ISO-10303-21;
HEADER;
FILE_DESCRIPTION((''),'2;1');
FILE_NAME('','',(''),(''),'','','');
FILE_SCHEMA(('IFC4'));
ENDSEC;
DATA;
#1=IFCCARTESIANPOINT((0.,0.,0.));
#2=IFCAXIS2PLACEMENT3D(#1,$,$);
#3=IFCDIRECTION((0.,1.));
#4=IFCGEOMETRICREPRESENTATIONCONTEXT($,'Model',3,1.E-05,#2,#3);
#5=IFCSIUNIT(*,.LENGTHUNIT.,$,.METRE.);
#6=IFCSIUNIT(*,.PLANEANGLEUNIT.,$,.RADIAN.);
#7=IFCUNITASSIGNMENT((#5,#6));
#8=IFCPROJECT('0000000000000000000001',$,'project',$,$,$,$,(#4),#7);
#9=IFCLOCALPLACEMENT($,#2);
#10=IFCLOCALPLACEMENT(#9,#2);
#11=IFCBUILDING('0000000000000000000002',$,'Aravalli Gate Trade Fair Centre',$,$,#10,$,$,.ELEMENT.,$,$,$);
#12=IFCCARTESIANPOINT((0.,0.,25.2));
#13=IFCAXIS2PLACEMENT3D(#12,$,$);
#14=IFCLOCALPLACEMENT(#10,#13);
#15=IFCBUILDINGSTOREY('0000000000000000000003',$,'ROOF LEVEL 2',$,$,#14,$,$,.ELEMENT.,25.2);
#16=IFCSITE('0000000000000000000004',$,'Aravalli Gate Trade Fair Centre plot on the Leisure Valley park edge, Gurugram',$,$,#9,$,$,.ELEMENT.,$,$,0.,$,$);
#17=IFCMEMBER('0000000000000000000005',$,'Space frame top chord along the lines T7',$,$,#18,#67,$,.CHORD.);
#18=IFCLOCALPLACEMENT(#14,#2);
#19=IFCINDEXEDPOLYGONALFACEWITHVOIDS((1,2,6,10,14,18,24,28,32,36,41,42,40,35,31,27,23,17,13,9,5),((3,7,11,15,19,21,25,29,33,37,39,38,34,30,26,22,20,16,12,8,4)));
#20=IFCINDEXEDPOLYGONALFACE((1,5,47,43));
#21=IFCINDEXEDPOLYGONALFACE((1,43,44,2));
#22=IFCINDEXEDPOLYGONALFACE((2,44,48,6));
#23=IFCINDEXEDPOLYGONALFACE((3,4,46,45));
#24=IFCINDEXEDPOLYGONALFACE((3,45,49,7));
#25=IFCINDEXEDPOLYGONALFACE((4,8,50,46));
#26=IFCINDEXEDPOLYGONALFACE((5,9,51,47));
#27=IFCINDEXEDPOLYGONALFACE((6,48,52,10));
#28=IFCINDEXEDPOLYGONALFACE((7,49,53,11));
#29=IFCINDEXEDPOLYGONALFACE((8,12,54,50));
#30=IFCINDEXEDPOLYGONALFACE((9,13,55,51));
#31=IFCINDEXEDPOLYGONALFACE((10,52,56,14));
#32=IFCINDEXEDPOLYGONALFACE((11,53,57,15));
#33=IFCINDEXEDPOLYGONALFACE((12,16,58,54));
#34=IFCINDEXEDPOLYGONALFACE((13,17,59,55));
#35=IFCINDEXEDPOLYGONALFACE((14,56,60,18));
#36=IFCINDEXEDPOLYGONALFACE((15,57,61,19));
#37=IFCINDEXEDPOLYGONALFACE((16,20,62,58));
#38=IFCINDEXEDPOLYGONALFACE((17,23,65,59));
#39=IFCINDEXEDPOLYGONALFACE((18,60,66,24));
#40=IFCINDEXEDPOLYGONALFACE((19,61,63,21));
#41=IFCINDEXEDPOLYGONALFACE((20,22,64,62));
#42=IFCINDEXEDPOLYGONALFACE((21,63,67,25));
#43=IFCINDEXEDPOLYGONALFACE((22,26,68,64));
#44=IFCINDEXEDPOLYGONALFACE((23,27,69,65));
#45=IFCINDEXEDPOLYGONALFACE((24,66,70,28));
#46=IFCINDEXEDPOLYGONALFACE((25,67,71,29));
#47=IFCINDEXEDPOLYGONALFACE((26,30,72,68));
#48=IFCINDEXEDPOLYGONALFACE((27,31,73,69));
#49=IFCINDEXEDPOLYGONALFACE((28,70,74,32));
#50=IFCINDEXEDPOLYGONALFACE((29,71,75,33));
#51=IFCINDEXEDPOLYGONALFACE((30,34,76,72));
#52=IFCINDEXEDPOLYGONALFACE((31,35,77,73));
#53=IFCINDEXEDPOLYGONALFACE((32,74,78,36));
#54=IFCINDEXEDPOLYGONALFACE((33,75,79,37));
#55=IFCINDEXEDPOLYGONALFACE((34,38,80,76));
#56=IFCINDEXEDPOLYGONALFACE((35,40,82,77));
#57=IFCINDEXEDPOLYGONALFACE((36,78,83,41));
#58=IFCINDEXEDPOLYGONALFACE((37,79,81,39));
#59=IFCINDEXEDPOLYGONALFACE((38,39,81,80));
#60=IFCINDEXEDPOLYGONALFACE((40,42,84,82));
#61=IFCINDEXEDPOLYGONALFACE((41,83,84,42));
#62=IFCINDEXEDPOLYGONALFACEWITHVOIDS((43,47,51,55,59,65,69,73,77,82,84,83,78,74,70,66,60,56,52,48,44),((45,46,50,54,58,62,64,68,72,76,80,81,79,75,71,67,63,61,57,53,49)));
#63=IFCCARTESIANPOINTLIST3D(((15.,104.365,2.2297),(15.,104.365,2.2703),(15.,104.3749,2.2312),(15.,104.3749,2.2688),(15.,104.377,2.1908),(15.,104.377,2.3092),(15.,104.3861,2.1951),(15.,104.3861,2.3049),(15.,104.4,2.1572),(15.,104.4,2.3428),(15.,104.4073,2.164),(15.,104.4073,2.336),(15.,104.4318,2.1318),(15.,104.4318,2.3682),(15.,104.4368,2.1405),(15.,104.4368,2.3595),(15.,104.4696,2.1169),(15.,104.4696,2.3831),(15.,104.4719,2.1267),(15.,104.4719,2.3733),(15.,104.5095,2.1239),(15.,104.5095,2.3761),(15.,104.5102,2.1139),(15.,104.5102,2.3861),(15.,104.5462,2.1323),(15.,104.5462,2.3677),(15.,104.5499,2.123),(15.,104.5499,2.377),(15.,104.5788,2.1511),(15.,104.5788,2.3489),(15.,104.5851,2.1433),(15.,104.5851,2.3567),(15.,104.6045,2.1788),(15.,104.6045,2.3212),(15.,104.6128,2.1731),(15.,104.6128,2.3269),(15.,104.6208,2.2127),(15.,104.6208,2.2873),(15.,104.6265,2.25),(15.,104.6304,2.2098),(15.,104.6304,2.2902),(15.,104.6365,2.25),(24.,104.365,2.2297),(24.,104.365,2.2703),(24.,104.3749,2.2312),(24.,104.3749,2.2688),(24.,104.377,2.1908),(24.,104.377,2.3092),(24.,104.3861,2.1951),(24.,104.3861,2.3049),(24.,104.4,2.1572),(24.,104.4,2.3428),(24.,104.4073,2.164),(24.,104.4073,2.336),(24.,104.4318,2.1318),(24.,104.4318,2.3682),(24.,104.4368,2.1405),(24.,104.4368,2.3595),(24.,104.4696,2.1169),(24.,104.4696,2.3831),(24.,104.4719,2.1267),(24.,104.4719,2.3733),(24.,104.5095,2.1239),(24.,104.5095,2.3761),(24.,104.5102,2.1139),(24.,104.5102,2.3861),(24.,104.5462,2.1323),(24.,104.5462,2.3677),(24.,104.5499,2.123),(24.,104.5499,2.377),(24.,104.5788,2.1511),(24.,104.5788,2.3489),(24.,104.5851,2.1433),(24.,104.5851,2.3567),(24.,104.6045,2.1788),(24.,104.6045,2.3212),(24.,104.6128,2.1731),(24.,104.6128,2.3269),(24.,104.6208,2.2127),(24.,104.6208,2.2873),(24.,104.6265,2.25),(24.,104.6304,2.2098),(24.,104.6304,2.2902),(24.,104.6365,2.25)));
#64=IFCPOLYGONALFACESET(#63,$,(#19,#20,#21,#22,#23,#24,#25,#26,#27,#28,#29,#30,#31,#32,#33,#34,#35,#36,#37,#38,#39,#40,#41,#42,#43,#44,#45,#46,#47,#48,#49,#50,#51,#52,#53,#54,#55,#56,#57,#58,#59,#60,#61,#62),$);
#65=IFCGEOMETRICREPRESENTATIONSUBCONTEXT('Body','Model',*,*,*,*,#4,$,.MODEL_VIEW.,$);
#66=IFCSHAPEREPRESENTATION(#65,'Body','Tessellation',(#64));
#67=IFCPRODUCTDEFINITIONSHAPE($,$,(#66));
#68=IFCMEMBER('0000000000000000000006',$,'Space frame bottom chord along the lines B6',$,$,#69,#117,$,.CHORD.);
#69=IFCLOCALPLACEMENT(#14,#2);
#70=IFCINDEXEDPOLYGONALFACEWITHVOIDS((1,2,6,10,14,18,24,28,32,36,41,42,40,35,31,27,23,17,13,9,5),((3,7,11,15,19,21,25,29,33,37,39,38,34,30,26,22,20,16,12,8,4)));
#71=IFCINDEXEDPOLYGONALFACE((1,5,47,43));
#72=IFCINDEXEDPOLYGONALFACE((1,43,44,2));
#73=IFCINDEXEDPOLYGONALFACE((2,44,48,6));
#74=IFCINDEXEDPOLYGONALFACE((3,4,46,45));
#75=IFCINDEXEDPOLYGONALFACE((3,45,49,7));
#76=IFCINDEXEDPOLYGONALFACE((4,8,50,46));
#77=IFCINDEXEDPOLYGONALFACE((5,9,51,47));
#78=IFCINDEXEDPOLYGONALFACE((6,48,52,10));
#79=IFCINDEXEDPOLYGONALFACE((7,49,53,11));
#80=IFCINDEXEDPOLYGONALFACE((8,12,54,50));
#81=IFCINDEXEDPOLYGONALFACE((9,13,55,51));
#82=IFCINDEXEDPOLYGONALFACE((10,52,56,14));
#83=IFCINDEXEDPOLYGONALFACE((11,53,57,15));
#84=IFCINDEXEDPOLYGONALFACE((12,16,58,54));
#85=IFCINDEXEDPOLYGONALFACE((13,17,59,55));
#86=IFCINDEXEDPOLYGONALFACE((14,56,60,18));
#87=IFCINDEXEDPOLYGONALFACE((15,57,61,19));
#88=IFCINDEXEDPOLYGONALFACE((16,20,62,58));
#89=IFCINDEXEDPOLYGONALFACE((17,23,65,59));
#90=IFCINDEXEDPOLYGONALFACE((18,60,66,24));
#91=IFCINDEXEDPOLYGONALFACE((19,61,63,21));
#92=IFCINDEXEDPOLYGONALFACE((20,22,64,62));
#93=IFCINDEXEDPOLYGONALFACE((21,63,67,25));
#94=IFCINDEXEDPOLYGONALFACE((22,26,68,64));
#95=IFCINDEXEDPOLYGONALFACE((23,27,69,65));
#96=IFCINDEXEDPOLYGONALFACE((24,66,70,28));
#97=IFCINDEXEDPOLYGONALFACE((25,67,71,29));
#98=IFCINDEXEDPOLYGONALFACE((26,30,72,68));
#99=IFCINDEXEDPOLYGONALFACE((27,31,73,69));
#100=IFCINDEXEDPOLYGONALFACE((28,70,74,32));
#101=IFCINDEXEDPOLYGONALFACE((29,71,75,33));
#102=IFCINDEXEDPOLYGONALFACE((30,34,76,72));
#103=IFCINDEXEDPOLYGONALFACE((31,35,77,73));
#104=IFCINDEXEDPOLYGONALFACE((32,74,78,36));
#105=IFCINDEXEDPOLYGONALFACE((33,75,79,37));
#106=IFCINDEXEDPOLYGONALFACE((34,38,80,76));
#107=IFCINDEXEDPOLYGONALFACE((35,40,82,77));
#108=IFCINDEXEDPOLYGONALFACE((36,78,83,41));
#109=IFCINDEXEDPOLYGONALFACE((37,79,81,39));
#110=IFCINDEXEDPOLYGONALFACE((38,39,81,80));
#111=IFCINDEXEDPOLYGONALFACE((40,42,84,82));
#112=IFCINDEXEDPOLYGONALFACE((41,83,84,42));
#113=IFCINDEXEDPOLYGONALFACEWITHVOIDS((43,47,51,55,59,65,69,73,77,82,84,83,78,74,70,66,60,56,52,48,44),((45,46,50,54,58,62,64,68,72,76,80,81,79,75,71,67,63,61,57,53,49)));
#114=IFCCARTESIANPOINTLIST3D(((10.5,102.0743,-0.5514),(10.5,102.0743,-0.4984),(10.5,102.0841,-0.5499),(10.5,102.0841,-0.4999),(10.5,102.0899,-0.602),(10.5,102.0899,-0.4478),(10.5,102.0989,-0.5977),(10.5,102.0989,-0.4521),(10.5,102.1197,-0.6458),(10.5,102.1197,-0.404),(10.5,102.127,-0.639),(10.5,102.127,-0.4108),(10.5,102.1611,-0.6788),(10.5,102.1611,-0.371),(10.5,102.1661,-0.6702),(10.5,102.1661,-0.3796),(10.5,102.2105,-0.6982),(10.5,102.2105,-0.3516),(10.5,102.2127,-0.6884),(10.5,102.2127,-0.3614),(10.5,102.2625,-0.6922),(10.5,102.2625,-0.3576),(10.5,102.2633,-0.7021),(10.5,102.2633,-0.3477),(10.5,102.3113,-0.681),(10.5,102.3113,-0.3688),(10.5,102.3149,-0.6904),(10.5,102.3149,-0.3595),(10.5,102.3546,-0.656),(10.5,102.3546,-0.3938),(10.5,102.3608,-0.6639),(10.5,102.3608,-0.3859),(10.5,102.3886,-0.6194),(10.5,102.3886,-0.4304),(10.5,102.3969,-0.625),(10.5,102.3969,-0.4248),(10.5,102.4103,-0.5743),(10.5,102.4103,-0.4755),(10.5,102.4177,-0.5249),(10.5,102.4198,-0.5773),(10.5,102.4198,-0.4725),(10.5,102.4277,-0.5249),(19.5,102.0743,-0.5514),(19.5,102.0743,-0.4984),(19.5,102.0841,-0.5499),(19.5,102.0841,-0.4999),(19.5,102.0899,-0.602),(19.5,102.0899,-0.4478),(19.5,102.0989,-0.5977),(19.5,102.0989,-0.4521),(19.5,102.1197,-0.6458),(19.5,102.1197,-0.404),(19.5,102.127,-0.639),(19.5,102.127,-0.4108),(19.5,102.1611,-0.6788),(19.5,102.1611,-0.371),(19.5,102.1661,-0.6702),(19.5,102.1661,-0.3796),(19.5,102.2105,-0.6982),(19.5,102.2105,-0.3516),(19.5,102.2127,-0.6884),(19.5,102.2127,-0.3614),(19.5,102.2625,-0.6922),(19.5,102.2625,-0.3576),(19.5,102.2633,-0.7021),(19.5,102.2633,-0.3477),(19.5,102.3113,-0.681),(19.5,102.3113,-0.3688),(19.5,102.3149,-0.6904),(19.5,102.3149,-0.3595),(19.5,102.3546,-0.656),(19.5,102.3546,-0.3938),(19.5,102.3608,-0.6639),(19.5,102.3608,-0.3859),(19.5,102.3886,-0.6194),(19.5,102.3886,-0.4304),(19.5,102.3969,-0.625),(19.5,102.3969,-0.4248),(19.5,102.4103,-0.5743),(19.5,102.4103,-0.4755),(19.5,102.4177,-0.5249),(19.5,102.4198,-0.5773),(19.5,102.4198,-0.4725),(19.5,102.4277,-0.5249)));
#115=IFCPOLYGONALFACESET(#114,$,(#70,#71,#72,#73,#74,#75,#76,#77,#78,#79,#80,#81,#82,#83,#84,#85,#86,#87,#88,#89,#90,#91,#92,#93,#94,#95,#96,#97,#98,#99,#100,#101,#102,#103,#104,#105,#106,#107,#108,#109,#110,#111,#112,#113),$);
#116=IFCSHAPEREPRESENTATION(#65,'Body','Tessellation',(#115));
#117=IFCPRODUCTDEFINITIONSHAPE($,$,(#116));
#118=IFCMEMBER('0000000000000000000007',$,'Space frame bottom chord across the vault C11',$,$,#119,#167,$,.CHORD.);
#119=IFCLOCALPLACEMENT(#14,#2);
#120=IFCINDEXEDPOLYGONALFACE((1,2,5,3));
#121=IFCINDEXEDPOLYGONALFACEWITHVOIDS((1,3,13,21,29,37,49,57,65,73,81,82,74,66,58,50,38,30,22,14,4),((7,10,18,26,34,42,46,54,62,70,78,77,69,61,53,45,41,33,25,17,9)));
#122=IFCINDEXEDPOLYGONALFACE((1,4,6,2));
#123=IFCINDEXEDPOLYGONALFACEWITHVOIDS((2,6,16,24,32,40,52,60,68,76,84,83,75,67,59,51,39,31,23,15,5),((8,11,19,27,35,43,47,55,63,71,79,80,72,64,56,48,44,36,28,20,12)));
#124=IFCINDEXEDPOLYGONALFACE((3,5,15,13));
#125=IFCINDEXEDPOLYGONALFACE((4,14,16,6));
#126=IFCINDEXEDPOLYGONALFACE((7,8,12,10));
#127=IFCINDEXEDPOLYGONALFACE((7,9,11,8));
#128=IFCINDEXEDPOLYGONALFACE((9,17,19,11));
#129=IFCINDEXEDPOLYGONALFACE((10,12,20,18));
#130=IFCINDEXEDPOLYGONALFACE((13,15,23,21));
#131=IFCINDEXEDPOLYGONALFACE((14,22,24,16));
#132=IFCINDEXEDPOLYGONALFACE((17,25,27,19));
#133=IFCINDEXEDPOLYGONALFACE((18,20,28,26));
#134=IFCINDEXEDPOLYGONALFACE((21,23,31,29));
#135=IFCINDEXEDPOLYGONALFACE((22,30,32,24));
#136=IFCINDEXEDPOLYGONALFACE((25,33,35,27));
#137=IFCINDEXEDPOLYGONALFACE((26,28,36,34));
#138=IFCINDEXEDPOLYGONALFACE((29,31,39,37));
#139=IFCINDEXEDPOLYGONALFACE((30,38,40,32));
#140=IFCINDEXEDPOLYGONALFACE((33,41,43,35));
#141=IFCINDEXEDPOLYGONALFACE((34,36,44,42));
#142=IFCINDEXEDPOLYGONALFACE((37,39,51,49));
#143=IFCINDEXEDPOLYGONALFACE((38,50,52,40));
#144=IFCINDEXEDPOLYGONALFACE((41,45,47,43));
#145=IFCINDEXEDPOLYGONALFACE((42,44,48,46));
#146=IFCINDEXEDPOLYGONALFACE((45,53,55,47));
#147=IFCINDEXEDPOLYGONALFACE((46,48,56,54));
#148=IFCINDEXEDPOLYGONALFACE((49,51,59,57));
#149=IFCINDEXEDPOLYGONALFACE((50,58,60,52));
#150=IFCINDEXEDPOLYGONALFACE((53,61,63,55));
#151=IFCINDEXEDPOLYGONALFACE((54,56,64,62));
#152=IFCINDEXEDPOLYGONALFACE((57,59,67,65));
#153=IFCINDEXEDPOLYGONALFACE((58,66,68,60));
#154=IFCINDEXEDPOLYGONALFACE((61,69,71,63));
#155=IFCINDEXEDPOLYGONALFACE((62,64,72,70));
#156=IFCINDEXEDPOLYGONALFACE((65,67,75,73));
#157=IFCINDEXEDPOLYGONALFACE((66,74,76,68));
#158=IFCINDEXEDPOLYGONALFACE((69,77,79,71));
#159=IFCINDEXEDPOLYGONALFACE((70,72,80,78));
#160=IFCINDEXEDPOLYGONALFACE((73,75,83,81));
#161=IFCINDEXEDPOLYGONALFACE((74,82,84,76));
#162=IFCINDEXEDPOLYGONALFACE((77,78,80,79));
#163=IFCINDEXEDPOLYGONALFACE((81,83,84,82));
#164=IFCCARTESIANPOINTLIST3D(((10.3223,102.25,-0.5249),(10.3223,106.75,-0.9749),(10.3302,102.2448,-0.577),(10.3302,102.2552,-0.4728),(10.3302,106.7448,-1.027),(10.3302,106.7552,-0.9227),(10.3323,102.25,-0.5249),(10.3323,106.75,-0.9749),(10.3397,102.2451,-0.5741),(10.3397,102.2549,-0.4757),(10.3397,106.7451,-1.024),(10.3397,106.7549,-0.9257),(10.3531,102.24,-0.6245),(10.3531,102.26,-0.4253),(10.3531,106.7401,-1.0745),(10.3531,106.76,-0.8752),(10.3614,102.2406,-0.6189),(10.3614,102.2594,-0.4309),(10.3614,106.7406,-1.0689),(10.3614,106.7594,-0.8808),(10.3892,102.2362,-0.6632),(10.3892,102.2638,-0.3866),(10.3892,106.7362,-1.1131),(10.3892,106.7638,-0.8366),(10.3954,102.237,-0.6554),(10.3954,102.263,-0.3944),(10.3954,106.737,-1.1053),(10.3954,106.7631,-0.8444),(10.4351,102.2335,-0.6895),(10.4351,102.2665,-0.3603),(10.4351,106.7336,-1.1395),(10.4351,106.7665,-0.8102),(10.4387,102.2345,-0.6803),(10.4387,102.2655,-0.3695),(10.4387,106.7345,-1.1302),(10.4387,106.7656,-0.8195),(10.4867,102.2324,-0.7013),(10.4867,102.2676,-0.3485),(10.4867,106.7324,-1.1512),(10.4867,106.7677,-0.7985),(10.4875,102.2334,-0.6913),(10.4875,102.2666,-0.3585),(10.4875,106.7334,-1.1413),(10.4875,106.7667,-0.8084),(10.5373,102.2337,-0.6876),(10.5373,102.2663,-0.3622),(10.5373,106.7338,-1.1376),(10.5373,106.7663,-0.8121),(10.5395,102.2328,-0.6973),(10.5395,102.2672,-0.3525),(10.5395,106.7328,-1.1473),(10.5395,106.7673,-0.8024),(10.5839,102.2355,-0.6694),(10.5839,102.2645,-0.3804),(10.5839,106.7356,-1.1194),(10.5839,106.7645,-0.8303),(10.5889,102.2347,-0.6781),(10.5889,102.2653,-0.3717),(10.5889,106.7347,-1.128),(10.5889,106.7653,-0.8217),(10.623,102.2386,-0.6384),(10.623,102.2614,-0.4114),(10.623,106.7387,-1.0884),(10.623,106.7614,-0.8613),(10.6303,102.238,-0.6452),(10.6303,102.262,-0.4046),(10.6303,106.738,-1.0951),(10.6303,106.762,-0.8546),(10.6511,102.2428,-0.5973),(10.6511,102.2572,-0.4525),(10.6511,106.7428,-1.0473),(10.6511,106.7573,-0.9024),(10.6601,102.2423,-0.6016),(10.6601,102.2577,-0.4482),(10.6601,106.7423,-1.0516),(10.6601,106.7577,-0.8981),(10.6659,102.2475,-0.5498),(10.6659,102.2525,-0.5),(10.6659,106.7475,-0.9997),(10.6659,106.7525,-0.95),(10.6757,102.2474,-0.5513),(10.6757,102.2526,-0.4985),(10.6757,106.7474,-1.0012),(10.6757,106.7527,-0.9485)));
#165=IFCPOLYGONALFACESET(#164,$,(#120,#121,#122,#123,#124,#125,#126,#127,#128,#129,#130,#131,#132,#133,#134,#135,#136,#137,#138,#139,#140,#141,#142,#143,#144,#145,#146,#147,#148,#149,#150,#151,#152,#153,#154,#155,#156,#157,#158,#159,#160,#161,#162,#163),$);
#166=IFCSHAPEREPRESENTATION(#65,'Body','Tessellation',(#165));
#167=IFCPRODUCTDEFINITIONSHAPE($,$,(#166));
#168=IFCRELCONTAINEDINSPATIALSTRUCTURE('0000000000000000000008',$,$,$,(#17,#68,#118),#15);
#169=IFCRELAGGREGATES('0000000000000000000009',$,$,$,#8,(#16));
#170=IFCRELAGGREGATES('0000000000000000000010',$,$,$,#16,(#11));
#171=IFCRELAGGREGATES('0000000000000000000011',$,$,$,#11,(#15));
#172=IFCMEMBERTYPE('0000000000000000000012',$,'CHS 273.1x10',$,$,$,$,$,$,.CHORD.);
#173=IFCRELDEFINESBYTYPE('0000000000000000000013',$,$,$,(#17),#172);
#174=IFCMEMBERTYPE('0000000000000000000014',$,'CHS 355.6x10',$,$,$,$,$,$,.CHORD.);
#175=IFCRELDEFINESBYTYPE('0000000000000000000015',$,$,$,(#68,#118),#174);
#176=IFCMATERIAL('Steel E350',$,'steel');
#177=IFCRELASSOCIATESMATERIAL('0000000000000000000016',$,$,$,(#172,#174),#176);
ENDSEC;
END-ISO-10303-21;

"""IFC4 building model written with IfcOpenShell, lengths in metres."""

from ifc_helpers import new_model, si_unit, direction, frame, origin, origin_2d, place, context, subcontext, project, spatial, hollow_circle, extrude, material, material_profile, profile_set, type_object, element, save


model = new_model("IFC4")

# Units and contexts
model_context = context("Model", 3, precision=1e-05, world=origin(), true_north=direction((0.0, 1.0)))
body_context = subcontext(model_context, "Body", "Model", "MODEL_VIEW")
ifc_project = project(units=[si_unit("LENGTHUNIT", "METRE"), si_unit("PLANEANGLEUNIT", "RADIAN")], contexts=[model_context])

# Site, building, storey
site_placement = place(None, origin())
site = spatial("IfcSite", under=ifc_project, at=site_placement, Name="Aravalli Gate Trade Fair Centre plot on the Leisure Valley park edge, Gurugram", CompositionType="ELEMENT", RefElevation=0.0)
building_placement = place(site_placement, origin())
building = spatial("IfcBuilding", under=site, at=building_placement, Name="Aravalli Gate Trade Fair Centre", CompositionType="ELEMENT")
storey_placement = place(building_placement, frame((0.0, 0.0, 25.2)))
storey = spatial("IfcBuildingStorey", under=building, at=storey_placement, Name="ROOF LEVEL 2", CompositionType="ELEMENT", Elevation=25.2)

# Members
ifc_material_1 = material(Name="Steel E350", Category="steel")
ifc_material_profile_1 = material_profile(ifc_material_1, hollow_circle(Radius=0.1365, WallThickness=0.01, at=origin_2d()), Name="CHS 273.1x10")
ifc_profile_set_1 = profile_set([ifc_material_profile_1], Name="Steel E350")
member_type_1 = type_object("IfcMemberType", Name="CHS 273.1x10", PredefinedType="CHORD", material=ifc_profile_set_1)
member_1_placement = place(storey_placement, frame((15.0, 104.5, 2.25), z_axis=(1.0, 0.0, 0.0), x_axis=(0.0, 1.0, 0.0)))
element("IfcMember", 1, at=member_1_placement, inside=storey, type_object=member_type_1, Name="Space frame top chord along the lines T7", PredefinedType="CHORD", context=body_context, shape_type="SweptSolid", body=[
    extrude(hollow_circle(Radius=0.1365, WallThickness=0.01, at=origin_2d()), origin(), (0.0, 0.0, 1.0), 9.0),
])
ifc_material_profile_2 = material_profile(ifc_material_1, hollow_circle(Radius=0.1777, WallThickness=0.01, at=origin_2d()), Name="CHS 355.6x10")
ifc_profile_set_2 = profile_set([ifc_material_profile_2], Name="Steel E350")
member_type_2 = type_object("IfcMemberType", Name="CHS 355.6x10", PredefinedType="CHORD", material=ifc_profile_set_2)
member_2_placement = place(storey_placement, frame((10.5, 102.25, -0.5249), z_axis=(1.0, 0.0, 0.0), x_axis=(0.0, 1.0, 0.0)))
element("IfcMember", 2, at=member_2_placement, inside=storey, type_object=member_type_2, Name="Space frame bottom chord along the lines B6", PredefinedType="CHORD", context=body_context, shape_type="SweptSolid", body=[
    extrude(hollow_circle(Radius=0.1777, WallThickness=0.01, at=origin_2d()), origin(), (0.0, 0.0, 1.0), 9.0),
])
member_3_placement = place(storey_placement, frame((10.5, 102.25, -0.5249), z_axis=(0.0, 0.995038, -0.099493), x_axis=(-1.0, 0.0, 0.0)))
element("IfcMember", 3, at=member_3_placement, inside=storey, type_object=member_type_2, Name="Space frame bottom chord across the vault C11", PredefinedType="CHORD", context=body_context, shape_type="SweptSolid", body=[
    extrude(hollow_circle(Radius=0.1777, WallThickness=0.01, at=origin_2d()), origin(), (0.0, 0.0, 1.0), 4.5225),
])

save(model, "model.ifc")
